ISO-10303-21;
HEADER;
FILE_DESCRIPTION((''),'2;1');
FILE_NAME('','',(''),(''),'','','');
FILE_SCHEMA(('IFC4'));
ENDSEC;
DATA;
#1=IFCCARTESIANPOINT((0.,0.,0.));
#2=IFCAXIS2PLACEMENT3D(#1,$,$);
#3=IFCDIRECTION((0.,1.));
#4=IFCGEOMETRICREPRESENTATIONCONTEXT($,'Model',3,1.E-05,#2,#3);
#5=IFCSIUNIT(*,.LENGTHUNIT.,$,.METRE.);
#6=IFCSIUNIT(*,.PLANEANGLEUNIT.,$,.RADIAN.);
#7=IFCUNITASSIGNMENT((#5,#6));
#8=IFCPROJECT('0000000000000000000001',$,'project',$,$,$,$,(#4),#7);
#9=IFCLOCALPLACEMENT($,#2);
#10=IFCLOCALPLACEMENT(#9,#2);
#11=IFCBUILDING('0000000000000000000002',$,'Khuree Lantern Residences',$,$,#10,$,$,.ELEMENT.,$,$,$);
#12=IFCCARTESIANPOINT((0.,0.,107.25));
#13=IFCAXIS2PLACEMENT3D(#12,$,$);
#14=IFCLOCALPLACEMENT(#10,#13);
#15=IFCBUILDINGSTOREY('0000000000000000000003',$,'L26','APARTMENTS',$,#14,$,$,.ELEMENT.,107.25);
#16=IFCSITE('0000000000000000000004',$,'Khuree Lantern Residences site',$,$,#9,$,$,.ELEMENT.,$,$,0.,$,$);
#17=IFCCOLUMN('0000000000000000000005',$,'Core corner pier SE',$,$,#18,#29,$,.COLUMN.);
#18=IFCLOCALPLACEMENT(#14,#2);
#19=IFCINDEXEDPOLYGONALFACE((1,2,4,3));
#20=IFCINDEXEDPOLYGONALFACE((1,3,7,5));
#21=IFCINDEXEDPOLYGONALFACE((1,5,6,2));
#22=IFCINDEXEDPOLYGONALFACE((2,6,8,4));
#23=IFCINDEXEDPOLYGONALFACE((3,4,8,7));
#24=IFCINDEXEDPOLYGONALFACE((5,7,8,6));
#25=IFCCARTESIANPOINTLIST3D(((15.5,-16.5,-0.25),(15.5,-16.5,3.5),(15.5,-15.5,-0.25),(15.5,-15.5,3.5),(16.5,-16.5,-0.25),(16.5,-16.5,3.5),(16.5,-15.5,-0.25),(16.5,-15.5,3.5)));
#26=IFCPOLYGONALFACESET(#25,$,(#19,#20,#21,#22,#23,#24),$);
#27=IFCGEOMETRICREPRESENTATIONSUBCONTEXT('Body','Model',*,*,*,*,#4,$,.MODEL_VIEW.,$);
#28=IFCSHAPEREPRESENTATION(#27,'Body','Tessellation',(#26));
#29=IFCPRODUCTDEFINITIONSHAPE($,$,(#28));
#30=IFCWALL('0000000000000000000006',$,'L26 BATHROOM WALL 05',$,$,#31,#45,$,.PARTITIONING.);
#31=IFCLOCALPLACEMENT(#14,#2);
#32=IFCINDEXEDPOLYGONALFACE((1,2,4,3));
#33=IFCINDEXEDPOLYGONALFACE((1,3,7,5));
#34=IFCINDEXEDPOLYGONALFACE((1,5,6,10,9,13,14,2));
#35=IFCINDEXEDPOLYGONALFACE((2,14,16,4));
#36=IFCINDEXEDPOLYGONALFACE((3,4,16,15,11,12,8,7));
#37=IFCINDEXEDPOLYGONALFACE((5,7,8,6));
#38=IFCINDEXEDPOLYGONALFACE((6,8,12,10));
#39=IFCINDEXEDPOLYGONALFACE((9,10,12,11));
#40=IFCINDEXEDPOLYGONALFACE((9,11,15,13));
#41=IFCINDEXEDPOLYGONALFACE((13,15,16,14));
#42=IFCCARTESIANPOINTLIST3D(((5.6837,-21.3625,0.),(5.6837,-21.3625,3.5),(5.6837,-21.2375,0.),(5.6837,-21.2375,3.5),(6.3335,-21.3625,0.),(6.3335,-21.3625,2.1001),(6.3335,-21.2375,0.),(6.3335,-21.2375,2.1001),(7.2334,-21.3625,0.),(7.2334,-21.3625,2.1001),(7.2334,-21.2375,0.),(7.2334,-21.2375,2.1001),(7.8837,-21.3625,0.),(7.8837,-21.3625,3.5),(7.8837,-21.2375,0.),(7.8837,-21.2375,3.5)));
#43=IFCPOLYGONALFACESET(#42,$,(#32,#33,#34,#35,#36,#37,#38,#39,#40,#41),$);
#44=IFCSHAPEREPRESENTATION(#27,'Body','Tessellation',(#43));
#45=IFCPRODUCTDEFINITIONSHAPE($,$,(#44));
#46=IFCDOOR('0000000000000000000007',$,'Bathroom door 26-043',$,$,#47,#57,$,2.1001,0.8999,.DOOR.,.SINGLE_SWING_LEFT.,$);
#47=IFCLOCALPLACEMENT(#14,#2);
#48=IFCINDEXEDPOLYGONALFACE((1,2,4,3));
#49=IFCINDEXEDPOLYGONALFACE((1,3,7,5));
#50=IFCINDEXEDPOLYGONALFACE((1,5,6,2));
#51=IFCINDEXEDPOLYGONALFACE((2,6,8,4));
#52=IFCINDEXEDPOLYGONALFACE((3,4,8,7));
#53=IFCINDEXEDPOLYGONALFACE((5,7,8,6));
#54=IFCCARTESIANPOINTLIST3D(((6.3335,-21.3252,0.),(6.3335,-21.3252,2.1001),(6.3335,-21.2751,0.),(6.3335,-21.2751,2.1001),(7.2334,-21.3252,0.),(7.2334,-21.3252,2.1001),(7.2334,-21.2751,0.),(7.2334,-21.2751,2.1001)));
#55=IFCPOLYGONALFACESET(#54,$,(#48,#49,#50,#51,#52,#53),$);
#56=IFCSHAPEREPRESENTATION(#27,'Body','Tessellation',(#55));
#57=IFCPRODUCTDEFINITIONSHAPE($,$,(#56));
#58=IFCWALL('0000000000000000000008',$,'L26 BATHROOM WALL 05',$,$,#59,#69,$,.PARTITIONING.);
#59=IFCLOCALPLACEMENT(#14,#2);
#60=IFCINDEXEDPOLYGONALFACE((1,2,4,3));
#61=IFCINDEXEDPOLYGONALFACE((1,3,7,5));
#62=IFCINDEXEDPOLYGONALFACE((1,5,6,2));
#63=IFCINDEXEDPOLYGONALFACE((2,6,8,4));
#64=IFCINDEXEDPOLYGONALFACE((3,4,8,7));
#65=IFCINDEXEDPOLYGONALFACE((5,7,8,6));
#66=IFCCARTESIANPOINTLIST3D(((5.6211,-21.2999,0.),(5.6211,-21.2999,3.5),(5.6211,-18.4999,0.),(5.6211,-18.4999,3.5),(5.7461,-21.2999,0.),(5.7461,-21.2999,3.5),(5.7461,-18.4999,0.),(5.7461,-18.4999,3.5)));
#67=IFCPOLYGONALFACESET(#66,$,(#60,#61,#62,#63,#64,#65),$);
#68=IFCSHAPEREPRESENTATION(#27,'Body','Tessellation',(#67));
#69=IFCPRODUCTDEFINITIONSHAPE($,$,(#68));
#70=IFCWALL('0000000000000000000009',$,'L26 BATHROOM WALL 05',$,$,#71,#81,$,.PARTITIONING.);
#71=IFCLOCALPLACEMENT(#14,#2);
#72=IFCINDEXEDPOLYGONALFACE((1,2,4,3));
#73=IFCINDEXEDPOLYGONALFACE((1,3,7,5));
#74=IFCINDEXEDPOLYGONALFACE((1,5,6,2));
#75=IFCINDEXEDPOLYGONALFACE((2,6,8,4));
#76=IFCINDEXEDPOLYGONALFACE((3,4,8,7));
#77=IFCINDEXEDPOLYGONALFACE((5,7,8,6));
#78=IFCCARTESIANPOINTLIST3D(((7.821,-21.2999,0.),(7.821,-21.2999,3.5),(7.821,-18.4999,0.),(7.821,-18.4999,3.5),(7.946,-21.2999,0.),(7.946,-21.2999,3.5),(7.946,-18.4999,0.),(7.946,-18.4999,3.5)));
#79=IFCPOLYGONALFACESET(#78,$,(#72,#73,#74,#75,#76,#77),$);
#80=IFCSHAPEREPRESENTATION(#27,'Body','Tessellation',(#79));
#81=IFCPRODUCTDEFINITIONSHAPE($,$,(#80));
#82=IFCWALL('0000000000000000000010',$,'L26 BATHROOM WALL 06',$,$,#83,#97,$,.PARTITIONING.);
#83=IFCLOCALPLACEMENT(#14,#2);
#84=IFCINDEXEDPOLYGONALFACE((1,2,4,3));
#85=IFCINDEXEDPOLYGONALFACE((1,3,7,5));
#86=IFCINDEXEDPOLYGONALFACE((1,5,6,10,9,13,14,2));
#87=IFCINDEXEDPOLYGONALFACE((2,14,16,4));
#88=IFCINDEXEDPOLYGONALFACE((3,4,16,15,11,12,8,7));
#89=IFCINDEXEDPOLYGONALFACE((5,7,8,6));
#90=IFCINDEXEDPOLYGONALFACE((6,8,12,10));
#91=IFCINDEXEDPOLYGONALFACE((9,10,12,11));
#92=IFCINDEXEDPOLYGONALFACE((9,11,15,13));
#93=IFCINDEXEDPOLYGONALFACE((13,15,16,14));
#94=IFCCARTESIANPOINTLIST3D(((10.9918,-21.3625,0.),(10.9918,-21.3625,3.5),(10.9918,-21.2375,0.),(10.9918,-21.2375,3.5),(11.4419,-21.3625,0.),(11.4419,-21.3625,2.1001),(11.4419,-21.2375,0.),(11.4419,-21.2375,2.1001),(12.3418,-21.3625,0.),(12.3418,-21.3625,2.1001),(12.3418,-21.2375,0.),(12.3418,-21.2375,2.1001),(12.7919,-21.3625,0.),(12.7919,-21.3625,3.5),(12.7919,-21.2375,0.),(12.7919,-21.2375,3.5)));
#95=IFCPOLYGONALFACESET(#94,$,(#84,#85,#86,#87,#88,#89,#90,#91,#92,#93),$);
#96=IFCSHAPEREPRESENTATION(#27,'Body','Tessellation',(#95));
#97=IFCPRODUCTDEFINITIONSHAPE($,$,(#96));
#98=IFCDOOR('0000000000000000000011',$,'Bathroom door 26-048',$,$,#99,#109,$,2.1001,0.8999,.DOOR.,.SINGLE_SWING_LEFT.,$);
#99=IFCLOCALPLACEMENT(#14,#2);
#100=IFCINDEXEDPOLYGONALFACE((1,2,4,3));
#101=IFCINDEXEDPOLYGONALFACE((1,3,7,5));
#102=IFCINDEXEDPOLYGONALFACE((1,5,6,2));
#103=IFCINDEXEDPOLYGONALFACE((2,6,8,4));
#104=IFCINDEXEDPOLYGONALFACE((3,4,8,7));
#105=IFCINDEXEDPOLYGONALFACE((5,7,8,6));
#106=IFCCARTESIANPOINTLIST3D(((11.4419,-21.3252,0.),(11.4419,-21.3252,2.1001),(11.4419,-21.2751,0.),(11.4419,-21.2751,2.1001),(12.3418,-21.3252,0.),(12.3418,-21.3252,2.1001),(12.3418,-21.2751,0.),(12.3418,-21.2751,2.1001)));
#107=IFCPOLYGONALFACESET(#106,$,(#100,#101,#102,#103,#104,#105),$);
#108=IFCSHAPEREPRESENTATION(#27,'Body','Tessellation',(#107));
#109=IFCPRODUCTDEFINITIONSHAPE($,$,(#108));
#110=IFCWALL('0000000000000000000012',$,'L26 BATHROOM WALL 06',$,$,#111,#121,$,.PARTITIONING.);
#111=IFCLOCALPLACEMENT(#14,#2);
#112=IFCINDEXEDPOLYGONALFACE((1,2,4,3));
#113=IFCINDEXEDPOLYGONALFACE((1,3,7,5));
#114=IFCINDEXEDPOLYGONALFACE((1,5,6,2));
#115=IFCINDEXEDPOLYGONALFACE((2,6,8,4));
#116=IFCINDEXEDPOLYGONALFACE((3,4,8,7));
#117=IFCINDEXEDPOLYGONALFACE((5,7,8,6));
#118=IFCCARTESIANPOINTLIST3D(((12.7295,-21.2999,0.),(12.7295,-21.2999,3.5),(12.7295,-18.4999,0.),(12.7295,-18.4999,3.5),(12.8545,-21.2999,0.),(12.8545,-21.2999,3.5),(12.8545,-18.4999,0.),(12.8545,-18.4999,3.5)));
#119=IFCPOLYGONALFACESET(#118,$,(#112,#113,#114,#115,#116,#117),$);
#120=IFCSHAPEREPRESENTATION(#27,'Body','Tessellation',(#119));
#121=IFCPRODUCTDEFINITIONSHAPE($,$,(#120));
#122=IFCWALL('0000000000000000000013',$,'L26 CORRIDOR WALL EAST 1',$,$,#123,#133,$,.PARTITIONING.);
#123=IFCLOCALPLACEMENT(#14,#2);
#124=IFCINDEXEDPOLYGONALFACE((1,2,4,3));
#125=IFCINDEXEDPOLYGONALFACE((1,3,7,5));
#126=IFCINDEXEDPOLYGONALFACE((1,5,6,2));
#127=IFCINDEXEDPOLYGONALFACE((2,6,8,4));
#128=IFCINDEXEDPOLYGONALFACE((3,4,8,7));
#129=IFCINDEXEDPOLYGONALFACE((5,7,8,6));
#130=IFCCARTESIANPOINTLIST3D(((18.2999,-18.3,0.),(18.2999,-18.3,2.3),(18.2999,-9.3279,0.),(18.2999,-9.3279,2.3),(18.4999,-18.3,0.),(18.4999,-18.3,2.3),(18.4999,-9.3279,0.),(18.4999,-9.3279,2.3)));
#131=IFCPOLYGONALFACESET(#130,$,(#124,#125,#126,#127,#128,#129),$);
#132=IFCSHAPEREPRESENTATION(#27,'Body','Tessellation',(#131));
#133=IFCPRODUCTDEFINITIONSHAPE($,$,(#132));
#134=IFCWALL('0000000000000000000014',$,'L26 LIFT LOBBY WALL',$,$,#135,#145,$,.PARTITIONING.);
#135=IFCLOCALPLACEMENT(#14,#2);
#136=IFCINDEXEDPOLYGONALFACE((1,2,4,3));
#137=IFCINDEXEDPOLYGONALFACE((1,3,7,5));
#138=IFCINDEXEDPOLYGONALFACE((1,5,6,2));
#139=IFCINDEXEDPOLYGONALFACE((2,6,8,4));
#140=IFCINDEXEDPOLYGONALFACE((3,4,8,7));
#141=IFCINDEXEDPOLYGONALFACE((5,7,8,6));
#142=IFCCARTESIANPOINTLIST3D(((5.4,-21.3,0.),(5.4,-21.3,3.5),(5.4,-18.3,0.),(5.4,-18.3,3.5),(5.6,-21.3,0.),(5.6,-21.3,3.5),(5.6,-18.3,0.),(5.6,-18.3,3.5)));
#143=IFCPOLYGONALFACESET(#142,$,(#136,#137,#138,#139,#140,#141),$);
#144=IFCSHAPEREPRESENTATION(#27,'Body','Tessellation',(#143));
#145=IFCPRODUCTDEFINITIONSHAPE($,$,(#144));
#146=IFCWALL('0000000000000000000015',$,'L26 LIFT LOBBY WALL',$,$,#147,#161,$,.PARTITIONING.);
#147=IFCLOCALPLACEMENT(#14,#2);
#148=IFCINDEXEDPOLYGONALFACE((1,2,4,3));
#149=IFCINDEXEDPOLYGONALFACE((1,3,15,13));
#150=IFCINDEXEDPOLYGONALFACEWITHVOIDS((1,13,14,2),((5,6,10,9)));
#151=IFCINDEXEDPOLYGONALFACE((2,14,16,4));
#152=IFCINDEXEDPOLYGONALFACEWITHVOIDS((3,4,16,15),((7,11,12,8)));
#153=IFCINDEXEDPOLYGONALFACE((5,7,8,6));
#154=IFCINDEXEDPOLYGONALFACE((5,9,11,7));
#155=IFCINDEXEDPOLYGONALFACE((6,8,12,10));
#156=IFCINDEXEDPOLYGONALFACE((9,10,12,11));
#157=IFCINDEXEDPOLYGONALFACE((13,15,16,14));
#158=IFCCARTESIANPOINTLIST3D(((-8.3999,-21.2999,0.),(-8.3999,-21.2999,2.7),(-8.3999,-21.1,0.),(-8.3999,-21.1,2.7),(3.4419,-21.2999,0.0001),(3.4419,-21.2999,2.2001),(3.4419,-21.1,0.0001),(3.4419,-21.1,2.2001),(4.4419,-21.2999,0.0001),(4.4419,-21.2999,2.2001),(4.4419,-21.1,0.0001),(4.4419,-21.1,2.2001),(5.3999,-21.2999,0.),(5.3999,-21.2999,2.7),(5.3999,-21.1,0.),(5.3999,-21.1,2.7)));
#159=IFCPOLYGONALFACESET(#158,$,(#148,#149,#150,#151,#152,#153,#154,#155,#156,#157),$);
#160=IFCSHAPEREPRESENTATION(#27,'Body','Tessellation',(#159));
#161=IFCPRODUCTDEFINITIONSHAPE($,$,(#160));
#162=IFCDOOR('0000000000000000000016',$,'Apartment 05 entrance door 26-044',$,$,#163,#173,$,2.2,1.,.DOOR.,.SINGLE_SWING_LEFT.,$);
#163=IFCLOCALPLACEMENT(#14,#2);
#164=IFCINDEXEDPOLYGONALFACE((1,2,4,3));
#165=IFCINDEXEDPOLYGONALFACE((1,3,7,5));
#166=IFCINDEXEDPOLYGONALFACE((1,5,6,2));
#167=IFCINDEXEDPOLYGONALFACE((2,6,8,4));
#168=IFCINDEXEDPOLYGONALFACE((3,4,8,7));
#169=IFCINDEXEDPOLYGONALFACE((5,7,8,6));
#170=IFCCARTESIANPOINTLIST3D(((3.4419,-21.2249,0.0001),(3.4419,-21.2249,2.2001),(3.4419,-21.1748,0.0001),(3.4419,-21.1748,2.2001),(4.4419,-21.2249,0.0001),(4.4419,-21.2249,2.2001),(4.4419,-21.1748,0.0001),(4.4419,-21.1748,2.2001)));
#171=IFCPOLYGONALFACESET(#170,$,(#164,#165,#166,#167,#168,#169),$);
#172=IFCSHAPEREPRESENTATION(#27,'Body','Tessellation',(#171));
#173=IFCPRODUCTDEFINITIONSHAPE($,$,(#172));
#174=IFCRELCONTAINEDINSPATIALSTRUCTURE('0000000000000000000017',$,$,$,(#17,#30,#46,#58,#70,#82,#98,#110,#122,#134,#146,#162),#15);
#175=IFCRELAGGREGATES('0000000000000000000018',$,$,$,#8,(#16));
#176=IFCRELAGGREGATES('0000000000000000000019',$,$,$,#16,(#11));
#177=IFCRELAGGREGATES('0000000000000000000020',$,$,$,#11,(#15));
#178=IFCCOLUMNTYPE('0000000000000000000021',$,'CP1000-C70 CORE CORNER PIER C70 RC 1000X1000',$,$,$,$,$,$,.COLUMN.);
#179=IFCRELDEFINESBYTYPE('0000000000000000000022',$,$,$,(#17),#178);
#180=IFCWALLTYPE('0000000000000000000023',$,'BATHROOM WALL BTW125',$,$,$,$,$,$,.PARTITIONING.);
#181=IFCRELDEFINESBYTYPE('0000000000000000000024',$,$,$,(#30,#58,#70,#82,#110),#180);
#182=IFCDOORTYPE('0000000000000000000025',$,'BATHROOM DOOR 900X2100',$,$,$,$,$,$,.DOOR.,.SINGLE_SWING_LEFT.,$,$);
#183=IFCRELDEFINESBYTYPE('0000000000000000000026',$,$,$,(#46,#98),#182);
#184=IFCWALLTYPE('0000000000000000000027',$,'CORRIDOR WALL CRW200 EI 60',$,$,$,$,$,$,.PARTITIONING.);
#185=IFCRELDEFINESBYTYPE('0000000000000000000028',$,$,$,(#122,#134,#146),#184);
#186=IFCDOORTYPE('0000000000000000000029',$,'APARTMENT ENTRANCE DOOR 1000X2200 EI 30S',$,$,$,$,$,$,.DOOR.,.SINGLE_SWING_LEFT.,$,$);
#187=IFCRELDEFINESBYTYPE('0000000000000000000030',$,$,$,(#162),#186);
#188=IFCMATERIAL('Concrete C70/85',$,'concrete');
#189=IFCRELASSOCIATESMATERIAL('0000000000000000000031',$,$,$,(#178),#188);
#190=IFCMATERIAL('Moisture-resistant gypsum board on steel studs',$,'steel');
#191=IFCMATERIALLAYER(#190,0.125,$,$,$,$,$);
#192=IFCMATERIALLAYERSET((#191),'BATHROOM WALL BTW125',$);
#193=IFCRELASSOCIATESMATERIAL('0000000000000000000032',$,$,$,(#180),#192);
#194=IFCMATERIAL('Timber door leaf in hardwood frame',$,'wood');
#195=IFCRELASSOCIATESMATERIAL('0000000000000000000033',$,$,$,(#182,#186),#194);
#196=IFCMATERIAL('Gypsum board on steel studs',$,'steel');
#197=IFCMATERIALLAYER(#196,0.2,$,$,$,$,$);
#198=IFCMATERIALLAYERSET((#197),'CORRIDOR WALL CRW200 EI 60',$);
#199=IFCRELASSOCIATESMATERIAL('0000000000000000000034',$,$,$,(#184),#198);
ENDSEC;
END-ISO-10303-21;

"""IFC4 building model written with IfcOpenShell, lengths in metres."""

from ifc_helpers import new_model, si_unit, direction, frame, frame_2d, origin, origin_2d, place, context, subcontext, project, spatial, rectangle, extrude, material, layer, layer_set, material_profile, profile_set, type_object, element, fill, save


model = new_model("IFC4")

# Units and contexts
model_context = context("Model", 3, precision=1e-05, world=origin(), true_north=direction((0.0, 1.0)))
body_context = subcontext(model_context, "Body", "Model", "MODEL_VIEW")
ifc_project = project(units=[si_unit("LENGTHUNIT", "METRE"), si_unit("PLANEANGLEUNIT", "RADIAN")], contexts=[model_context])

# Site, building, storey
site_placement = place(None, origin())
site = spatial("IfcSite", under=ifc_project, at=site_placement, Name="Khuree Lantern Residences site", CompositionType="ELEMENT", RefElevation=0.0)
building_placement = place(site_placement, origin())
building = spatial("IfcBuilding", under=site, at=building_placement, Name="Khuree Lantern Residences", CompositionType="ELEMENT")
storey_placement = place(building_placement, frame((0.0, 0.0, 107.25)))
storey = spatial("IfcBuildingStorey", under=building, at=storey_placement, Name="L26", Description="APARTMENTS", CompositionType="ELEMENT", Elevation=107.25)

# Column
ifc_material_1 = material(Name="Concrete C70/85", Category="concrete")
ifc_material_profile = material_profile(ifc_material_1, rectangle(XDim=1.0, YDim=1.0, at=origin_2d()), Name="RC 1000X1000")
ifc_profile_set = profile_set([ifc_material_profile], Name="Concrete C70/85")
column_type = type_object("IfcColumnType", Name="CP1000-C70 CORE CORNER PIER C70 RC 1000X1000", PredefinedType="COLUMN", material=ifc_profile_set)
column_placement = place(storey_placement, frame((16.0, -16.0, -0.25), z_axis=(0.0, 0.0, 1.0), x_axis=(1.0, 0.0, 0.0)))
element("IfcColumn", 1, at=column_placement, inside=storey, type_object=column_type, Name="Core corner pier SE", PredefinedType="COLUMN", context=body_context, shape_type="SweptSolid", body=[
    extrude(rectangle(XDim=1.0, YDim=1.0, at=origin_2d()), origin(), (0.0, 0.0, 1.0), 3.75),
])

# Wall, opening, door
ifc_material_2 = material(Name="Moisture-resistant gypsum board on steel studs", Category="steel")
ifc_layer_1 = layer(ifc_material_2, 0.125)
ifc_layer_set_1 = layer_set([ifc_layer_1], Name="BATHROOM WALL BTW125")
wall_type_1 = type_object("IfcWallType", Name="BATHROOM WALL BTW125", PredefinedType="PARTITIONING", material=ifc_layer_set_1)
wall_1_placement = place(storey_placement, frame((5.6836, -21.3, 0.0), z_axis=(0.0, 0.0, 1.0), x_axis=(1.0, 0.0, 0.0)))
wall_1 = element("IfcWall", 2, at=wall_1_placement, inside=storey, type_object=wall_type_1, Name="L26 BATHROOM WALL 05", PredefinedType="PARTITIONING", context=body_context, shape_type="SweptSolid", body=[
    extrude(rectangle(XDim=2.2, YDim=0.125, at=frame_2d((1.1001, 0.0))), origin(), (0.0, 0.0, 1.0), 3.5),
])
opening_1_placement = place(wall_1_placement, frame((0.6499, 0.0, 0.0)))
opening_1 = element("IfcOpeningElement", 3, at=opening_1_placement, cuts=wall_1, PredefinedType="OPENING", context=body_context, shape_type="SweptSolid", body=[
    extrude(rectangle(XDim=0.8999, YDim=2.1001, at=frame_2d((0.45, 1.05))), frame((0.0, 0.0725, 0.0), z_axis=(0.0, -1.0, 0.0), x_axis=(1.0, 0.0, 0.0)), (0.0, 0.0, 1.0), 0.145),
])
ifc_material_3 = material(Name="Timber door leaf in hardwood frame", Category="wood")
door_type_1 = type_object("IfcDoorType", Name="BATHROOM DOOR 900X2100", OperationType="SINGLE_SWING_LEFT", PredefinedType="DOOR", material=ifc_material_3)
door_1_placement = place(opening_1_placement, origin())
door_1 = element("IfcDoor", 4, at=door_1_placement, inside=storey, type_object=door_type_1, Name="Bathroom door 26-043", OperationType="SINGLE_SWING_LEFT", OverallHeight=2.1001, OverallWidth=0.8999, PredefinedType="DOOR", context=body_context, shape_type="SweptSolid", body=[
    extrude(rectangle(XDim=0.8999, YDim=2.1001, at=frame_2d((0.45, 1.05))), frame((0.0, 0.0249, 0.0), z_axis=(0.0, -1.0, 0.0), x_axis=(1.0, 0.0, 0.0)), (0.0, 0.0, 1.0), 0.05),
])
fill(opening_1, door_1)

# Walls
for number, where, z_axis, x_axis, name in (
    (5, (5.6836, -18.5, 0.0), (0.0, 0.0, 1.0), (0.0, -1.0, 0.0), "L26 BATHROOM WALL 05"),
    (6, (7.8835, -18.5, 0.0), (0.0, 0.0, 1.0), (0.0, -1.0, 0.0), "L26 BATHROOM WALL 05"),
):
    element("IfcWall", number, at=place(storey_placement, frame(where, z_axis=z_axis, x_axis=x_axis)), inside=storey, type_object=wall_type_1, Name=name, PredefinedType="PARTITIONING", context=body_context, shape_type="SweptSolid", body=[
        extrude(rectangle(XDim=2.8, YDim=0.125, at=frame_2d((1.3999, 0.0))), origin(), (0.0, 0.0, 1.0), 3.5),
    ])

# Wall, opening, door
wall_2_placement = place(storey_placement, frame((10.9919, -21.3, 0.0), z_axis=(0.0, 0.0, 1.0), x_axis=(1.0, 0.0, 0.0)))
wall_2 = element("IfcWall", 7, at=wall_2_placement, inside=storey, type_object=wall_type_1, Name="L26 BATHROOM WALL 06", PredefinedType="PARTITIONING", context=body_context, shape_type="SweptSolid", body=[
    extrude(rectangle(XDim=1.8, YDim=0.125, at=frame_2d((0.8999, 0.0))), origin(), (0.0, 0.0, 1.0), 3.5),
])
opening_2_placement = place(wall_2_placement, frame((0.45, 0.0, 0.0)))
opening_2 = element("IfcOpeningElement", 8, at=opening_2_placement, cuts=wall_2, PredefinedType="OPENING", context=body_context, shape_type="SweptSolid", body=[
    extrude(rectangle(XDim=0.8999, YDim=2.1001, at=frame_2d((0.45, 1.05))), frame((0.0, 0.0725, 0.0), z_axis=(0.0, -1.0, 0.0), x_axis=(1.0, 0.0, 0.0)), (0.0, 0.0, 1.0), 0.145),
])
door_2_placement = place(opening_2_placement, origin())
door_2 = element("IfcDoor", 9, at=door_2_placement, inside=storey, type_object=door_type_1, Name="Bathroom door 26-048", OperationType="SINGLE_SWING_LEFT", OverallHeight=2.1001, OverallWidth=0.8999, PredefinedType="DOOR", context=body_context, shape_type="SweptSolid", body=[
    extrude(rectangle(XDim=0.8999, YDim=2.1001, at=frame_2d((0.45, 1.05))), frame((0.0, 0.0249, 0.0), z_axis=(0.0, -1.0, 0.0), x_axis=(1.0, 0.0, 0.0)), (0.0, 0.0, 1.0), 0.05),
])
fill(opening_2, door_2)

# Walls
wall_3_placement = place(storey_placement, frame((12.792, -18.5, 0.0), z_axis=(0.0, 0.0, 1.0), x_axis=(0.0, -1.0, 0.0)))
element("IfcWall", 10, at=wall_3_placement, inside=storey, type_object=wall_type_1, Name="L26 BATHROOM WALL 06", PredefinedType="PARTITIONING", context=body_context, shape_type="SweptSolid", body=[
    extrude(rectangle(XDim=2.8, YDim=0.125, at=frame_2d((1.3999, 0.0))), origin(), (0.0, 0.0, 1.0), 3.5),
])
ifc_material_4 = material(Name="Gypsum board on steel studs", Category="steel")
ifc_layer_2 = layer(ifc_material_4, 0.2)
ifc_layer_set_2 = layer_set([ifc_layer_2], Name="CORRIDOR WALL CRW200 EI 60")
wall_type_2 = type_object("IfcWallType", Name="CORRIDOR WALL CRW200 EI 60", PredefinedType="PARTITIONING", material=ifc_layer_set_2)
wall_4_placement = place(storey_placement, frame((18.3999, -18.3, 0.0), z_axis=(0.0, 0.0, 1.0), x_axis=(0.0, 1.0, 0.0)))
element("IfcWall", 11, at=wall_4_placement, inside=storey, type_object=wall_type_2, Name="L26 CORRIDOR WALL EAST 1", PredefinedType="PARTITIONING", context=body_context, shape_type="SweptSolid", body=[
    extrude(rectangle(XDim=8.9722, YDim=0.2, at=frame_2d((4.4861, 0.0))), origin(), (0.0, 0.0, 1.0), 2.3),
])
wall_5_placement = place(storey_placement, frame((5.5, -18.3, 0.0), z_axis=(0.0, 0.0, 1.0), x_axis=(0.0, -1.0, 0.0)))
element("IfcWall", 12, at=wall_5_placement, inside=storey, type_object=wall_type_2, Name="L26 LIFT LOBBY WALL", PredefinedType="PARTITIONING", context=body_context, shape_type="SweptSolid", body=[
    extrude(rectangle(XDim=3.0, YDim=0.2, at=frame_2d((1.5, 0.0))), origin(), (0.0, 0.0, 1.0), 3.5),
])

# Wall, opening, door
wall_6_placement = place(storey_placement, frame((5.3999, -21.2, 0.0), z_axis=(0.0, 0.0, 1.0), x_axis=(-1.0, 0.0, 0.0)))
wall_6 = element("IfcWall", 13, at=wall_6_placement, inside=storey, type_object=wall_type_2, Name="L26 LIFT LOBBY WALL", PredefinedType="PARTITIONING", context=body_context, shape_type="SweptSolid", body=[
    extrude(rectangle(XDim=13.7998, YDim=0.2, at=frame_2d((6.8999, 0.0))), origin(), (0.0, 0.0, 1.0), 2.7),
])
opening_3_placement = place(wall_6_placement, frame((0.958, 0.0, 0.0)))
opening_3 = element("IfcOpeningElement", 14, at=opening_3_placement, cuts=wall_6, PredefinedType="OPENING", context=body_context, shape_type="SweptSolid", body=[
    extrude(rectangle(XDim=1.0, YDim=2.2, at=frame_2d((0.5, 1.1001))), frame((0.0, 0.1099, 0.0), z_axis=(0.0, -1.0, 0.0), x_axis=(1.0, 0.0, 0.0)), (0.0, 0.0, 1.0), 0.22),
])
door_type_2 = type_object("IfcDoorType", Name="APARTMENT ENTRANCE DOOR 1000X2200 EI 30S", OperationType="SINGLE_SWING_LEFT", PredefinedType="DOOR", material=ifc_material_3)
door_3_placement = place(opening_3_placement, origin())
door_3 = element("IfcDoor", 15, at=door_3_placement, inside=storey, type_object=door_type_2, Name="Apartment 05 entrance door 26-044", OperationType="SINGLE_SWING_LEFT", OverallHeight=2.2, OverallWidth=1.0, PredefinedType="DOOR", context=body_context, shape_type="SweptSolid", body=[
    extrude(rectangle(XDim=1.0, YDim=2.2, at=frame_2d((0.5, 1.1001))), frame((0.0, 0.0249, 0.0), z_axis=(0.0, -1.0, 0.0), x_axis=(1.0, 0.0, 0.0)), (0.0, 0.0, 1.0), 0.05),
])
fill(opening_3, door_3)

save(model, "model.ifc")
